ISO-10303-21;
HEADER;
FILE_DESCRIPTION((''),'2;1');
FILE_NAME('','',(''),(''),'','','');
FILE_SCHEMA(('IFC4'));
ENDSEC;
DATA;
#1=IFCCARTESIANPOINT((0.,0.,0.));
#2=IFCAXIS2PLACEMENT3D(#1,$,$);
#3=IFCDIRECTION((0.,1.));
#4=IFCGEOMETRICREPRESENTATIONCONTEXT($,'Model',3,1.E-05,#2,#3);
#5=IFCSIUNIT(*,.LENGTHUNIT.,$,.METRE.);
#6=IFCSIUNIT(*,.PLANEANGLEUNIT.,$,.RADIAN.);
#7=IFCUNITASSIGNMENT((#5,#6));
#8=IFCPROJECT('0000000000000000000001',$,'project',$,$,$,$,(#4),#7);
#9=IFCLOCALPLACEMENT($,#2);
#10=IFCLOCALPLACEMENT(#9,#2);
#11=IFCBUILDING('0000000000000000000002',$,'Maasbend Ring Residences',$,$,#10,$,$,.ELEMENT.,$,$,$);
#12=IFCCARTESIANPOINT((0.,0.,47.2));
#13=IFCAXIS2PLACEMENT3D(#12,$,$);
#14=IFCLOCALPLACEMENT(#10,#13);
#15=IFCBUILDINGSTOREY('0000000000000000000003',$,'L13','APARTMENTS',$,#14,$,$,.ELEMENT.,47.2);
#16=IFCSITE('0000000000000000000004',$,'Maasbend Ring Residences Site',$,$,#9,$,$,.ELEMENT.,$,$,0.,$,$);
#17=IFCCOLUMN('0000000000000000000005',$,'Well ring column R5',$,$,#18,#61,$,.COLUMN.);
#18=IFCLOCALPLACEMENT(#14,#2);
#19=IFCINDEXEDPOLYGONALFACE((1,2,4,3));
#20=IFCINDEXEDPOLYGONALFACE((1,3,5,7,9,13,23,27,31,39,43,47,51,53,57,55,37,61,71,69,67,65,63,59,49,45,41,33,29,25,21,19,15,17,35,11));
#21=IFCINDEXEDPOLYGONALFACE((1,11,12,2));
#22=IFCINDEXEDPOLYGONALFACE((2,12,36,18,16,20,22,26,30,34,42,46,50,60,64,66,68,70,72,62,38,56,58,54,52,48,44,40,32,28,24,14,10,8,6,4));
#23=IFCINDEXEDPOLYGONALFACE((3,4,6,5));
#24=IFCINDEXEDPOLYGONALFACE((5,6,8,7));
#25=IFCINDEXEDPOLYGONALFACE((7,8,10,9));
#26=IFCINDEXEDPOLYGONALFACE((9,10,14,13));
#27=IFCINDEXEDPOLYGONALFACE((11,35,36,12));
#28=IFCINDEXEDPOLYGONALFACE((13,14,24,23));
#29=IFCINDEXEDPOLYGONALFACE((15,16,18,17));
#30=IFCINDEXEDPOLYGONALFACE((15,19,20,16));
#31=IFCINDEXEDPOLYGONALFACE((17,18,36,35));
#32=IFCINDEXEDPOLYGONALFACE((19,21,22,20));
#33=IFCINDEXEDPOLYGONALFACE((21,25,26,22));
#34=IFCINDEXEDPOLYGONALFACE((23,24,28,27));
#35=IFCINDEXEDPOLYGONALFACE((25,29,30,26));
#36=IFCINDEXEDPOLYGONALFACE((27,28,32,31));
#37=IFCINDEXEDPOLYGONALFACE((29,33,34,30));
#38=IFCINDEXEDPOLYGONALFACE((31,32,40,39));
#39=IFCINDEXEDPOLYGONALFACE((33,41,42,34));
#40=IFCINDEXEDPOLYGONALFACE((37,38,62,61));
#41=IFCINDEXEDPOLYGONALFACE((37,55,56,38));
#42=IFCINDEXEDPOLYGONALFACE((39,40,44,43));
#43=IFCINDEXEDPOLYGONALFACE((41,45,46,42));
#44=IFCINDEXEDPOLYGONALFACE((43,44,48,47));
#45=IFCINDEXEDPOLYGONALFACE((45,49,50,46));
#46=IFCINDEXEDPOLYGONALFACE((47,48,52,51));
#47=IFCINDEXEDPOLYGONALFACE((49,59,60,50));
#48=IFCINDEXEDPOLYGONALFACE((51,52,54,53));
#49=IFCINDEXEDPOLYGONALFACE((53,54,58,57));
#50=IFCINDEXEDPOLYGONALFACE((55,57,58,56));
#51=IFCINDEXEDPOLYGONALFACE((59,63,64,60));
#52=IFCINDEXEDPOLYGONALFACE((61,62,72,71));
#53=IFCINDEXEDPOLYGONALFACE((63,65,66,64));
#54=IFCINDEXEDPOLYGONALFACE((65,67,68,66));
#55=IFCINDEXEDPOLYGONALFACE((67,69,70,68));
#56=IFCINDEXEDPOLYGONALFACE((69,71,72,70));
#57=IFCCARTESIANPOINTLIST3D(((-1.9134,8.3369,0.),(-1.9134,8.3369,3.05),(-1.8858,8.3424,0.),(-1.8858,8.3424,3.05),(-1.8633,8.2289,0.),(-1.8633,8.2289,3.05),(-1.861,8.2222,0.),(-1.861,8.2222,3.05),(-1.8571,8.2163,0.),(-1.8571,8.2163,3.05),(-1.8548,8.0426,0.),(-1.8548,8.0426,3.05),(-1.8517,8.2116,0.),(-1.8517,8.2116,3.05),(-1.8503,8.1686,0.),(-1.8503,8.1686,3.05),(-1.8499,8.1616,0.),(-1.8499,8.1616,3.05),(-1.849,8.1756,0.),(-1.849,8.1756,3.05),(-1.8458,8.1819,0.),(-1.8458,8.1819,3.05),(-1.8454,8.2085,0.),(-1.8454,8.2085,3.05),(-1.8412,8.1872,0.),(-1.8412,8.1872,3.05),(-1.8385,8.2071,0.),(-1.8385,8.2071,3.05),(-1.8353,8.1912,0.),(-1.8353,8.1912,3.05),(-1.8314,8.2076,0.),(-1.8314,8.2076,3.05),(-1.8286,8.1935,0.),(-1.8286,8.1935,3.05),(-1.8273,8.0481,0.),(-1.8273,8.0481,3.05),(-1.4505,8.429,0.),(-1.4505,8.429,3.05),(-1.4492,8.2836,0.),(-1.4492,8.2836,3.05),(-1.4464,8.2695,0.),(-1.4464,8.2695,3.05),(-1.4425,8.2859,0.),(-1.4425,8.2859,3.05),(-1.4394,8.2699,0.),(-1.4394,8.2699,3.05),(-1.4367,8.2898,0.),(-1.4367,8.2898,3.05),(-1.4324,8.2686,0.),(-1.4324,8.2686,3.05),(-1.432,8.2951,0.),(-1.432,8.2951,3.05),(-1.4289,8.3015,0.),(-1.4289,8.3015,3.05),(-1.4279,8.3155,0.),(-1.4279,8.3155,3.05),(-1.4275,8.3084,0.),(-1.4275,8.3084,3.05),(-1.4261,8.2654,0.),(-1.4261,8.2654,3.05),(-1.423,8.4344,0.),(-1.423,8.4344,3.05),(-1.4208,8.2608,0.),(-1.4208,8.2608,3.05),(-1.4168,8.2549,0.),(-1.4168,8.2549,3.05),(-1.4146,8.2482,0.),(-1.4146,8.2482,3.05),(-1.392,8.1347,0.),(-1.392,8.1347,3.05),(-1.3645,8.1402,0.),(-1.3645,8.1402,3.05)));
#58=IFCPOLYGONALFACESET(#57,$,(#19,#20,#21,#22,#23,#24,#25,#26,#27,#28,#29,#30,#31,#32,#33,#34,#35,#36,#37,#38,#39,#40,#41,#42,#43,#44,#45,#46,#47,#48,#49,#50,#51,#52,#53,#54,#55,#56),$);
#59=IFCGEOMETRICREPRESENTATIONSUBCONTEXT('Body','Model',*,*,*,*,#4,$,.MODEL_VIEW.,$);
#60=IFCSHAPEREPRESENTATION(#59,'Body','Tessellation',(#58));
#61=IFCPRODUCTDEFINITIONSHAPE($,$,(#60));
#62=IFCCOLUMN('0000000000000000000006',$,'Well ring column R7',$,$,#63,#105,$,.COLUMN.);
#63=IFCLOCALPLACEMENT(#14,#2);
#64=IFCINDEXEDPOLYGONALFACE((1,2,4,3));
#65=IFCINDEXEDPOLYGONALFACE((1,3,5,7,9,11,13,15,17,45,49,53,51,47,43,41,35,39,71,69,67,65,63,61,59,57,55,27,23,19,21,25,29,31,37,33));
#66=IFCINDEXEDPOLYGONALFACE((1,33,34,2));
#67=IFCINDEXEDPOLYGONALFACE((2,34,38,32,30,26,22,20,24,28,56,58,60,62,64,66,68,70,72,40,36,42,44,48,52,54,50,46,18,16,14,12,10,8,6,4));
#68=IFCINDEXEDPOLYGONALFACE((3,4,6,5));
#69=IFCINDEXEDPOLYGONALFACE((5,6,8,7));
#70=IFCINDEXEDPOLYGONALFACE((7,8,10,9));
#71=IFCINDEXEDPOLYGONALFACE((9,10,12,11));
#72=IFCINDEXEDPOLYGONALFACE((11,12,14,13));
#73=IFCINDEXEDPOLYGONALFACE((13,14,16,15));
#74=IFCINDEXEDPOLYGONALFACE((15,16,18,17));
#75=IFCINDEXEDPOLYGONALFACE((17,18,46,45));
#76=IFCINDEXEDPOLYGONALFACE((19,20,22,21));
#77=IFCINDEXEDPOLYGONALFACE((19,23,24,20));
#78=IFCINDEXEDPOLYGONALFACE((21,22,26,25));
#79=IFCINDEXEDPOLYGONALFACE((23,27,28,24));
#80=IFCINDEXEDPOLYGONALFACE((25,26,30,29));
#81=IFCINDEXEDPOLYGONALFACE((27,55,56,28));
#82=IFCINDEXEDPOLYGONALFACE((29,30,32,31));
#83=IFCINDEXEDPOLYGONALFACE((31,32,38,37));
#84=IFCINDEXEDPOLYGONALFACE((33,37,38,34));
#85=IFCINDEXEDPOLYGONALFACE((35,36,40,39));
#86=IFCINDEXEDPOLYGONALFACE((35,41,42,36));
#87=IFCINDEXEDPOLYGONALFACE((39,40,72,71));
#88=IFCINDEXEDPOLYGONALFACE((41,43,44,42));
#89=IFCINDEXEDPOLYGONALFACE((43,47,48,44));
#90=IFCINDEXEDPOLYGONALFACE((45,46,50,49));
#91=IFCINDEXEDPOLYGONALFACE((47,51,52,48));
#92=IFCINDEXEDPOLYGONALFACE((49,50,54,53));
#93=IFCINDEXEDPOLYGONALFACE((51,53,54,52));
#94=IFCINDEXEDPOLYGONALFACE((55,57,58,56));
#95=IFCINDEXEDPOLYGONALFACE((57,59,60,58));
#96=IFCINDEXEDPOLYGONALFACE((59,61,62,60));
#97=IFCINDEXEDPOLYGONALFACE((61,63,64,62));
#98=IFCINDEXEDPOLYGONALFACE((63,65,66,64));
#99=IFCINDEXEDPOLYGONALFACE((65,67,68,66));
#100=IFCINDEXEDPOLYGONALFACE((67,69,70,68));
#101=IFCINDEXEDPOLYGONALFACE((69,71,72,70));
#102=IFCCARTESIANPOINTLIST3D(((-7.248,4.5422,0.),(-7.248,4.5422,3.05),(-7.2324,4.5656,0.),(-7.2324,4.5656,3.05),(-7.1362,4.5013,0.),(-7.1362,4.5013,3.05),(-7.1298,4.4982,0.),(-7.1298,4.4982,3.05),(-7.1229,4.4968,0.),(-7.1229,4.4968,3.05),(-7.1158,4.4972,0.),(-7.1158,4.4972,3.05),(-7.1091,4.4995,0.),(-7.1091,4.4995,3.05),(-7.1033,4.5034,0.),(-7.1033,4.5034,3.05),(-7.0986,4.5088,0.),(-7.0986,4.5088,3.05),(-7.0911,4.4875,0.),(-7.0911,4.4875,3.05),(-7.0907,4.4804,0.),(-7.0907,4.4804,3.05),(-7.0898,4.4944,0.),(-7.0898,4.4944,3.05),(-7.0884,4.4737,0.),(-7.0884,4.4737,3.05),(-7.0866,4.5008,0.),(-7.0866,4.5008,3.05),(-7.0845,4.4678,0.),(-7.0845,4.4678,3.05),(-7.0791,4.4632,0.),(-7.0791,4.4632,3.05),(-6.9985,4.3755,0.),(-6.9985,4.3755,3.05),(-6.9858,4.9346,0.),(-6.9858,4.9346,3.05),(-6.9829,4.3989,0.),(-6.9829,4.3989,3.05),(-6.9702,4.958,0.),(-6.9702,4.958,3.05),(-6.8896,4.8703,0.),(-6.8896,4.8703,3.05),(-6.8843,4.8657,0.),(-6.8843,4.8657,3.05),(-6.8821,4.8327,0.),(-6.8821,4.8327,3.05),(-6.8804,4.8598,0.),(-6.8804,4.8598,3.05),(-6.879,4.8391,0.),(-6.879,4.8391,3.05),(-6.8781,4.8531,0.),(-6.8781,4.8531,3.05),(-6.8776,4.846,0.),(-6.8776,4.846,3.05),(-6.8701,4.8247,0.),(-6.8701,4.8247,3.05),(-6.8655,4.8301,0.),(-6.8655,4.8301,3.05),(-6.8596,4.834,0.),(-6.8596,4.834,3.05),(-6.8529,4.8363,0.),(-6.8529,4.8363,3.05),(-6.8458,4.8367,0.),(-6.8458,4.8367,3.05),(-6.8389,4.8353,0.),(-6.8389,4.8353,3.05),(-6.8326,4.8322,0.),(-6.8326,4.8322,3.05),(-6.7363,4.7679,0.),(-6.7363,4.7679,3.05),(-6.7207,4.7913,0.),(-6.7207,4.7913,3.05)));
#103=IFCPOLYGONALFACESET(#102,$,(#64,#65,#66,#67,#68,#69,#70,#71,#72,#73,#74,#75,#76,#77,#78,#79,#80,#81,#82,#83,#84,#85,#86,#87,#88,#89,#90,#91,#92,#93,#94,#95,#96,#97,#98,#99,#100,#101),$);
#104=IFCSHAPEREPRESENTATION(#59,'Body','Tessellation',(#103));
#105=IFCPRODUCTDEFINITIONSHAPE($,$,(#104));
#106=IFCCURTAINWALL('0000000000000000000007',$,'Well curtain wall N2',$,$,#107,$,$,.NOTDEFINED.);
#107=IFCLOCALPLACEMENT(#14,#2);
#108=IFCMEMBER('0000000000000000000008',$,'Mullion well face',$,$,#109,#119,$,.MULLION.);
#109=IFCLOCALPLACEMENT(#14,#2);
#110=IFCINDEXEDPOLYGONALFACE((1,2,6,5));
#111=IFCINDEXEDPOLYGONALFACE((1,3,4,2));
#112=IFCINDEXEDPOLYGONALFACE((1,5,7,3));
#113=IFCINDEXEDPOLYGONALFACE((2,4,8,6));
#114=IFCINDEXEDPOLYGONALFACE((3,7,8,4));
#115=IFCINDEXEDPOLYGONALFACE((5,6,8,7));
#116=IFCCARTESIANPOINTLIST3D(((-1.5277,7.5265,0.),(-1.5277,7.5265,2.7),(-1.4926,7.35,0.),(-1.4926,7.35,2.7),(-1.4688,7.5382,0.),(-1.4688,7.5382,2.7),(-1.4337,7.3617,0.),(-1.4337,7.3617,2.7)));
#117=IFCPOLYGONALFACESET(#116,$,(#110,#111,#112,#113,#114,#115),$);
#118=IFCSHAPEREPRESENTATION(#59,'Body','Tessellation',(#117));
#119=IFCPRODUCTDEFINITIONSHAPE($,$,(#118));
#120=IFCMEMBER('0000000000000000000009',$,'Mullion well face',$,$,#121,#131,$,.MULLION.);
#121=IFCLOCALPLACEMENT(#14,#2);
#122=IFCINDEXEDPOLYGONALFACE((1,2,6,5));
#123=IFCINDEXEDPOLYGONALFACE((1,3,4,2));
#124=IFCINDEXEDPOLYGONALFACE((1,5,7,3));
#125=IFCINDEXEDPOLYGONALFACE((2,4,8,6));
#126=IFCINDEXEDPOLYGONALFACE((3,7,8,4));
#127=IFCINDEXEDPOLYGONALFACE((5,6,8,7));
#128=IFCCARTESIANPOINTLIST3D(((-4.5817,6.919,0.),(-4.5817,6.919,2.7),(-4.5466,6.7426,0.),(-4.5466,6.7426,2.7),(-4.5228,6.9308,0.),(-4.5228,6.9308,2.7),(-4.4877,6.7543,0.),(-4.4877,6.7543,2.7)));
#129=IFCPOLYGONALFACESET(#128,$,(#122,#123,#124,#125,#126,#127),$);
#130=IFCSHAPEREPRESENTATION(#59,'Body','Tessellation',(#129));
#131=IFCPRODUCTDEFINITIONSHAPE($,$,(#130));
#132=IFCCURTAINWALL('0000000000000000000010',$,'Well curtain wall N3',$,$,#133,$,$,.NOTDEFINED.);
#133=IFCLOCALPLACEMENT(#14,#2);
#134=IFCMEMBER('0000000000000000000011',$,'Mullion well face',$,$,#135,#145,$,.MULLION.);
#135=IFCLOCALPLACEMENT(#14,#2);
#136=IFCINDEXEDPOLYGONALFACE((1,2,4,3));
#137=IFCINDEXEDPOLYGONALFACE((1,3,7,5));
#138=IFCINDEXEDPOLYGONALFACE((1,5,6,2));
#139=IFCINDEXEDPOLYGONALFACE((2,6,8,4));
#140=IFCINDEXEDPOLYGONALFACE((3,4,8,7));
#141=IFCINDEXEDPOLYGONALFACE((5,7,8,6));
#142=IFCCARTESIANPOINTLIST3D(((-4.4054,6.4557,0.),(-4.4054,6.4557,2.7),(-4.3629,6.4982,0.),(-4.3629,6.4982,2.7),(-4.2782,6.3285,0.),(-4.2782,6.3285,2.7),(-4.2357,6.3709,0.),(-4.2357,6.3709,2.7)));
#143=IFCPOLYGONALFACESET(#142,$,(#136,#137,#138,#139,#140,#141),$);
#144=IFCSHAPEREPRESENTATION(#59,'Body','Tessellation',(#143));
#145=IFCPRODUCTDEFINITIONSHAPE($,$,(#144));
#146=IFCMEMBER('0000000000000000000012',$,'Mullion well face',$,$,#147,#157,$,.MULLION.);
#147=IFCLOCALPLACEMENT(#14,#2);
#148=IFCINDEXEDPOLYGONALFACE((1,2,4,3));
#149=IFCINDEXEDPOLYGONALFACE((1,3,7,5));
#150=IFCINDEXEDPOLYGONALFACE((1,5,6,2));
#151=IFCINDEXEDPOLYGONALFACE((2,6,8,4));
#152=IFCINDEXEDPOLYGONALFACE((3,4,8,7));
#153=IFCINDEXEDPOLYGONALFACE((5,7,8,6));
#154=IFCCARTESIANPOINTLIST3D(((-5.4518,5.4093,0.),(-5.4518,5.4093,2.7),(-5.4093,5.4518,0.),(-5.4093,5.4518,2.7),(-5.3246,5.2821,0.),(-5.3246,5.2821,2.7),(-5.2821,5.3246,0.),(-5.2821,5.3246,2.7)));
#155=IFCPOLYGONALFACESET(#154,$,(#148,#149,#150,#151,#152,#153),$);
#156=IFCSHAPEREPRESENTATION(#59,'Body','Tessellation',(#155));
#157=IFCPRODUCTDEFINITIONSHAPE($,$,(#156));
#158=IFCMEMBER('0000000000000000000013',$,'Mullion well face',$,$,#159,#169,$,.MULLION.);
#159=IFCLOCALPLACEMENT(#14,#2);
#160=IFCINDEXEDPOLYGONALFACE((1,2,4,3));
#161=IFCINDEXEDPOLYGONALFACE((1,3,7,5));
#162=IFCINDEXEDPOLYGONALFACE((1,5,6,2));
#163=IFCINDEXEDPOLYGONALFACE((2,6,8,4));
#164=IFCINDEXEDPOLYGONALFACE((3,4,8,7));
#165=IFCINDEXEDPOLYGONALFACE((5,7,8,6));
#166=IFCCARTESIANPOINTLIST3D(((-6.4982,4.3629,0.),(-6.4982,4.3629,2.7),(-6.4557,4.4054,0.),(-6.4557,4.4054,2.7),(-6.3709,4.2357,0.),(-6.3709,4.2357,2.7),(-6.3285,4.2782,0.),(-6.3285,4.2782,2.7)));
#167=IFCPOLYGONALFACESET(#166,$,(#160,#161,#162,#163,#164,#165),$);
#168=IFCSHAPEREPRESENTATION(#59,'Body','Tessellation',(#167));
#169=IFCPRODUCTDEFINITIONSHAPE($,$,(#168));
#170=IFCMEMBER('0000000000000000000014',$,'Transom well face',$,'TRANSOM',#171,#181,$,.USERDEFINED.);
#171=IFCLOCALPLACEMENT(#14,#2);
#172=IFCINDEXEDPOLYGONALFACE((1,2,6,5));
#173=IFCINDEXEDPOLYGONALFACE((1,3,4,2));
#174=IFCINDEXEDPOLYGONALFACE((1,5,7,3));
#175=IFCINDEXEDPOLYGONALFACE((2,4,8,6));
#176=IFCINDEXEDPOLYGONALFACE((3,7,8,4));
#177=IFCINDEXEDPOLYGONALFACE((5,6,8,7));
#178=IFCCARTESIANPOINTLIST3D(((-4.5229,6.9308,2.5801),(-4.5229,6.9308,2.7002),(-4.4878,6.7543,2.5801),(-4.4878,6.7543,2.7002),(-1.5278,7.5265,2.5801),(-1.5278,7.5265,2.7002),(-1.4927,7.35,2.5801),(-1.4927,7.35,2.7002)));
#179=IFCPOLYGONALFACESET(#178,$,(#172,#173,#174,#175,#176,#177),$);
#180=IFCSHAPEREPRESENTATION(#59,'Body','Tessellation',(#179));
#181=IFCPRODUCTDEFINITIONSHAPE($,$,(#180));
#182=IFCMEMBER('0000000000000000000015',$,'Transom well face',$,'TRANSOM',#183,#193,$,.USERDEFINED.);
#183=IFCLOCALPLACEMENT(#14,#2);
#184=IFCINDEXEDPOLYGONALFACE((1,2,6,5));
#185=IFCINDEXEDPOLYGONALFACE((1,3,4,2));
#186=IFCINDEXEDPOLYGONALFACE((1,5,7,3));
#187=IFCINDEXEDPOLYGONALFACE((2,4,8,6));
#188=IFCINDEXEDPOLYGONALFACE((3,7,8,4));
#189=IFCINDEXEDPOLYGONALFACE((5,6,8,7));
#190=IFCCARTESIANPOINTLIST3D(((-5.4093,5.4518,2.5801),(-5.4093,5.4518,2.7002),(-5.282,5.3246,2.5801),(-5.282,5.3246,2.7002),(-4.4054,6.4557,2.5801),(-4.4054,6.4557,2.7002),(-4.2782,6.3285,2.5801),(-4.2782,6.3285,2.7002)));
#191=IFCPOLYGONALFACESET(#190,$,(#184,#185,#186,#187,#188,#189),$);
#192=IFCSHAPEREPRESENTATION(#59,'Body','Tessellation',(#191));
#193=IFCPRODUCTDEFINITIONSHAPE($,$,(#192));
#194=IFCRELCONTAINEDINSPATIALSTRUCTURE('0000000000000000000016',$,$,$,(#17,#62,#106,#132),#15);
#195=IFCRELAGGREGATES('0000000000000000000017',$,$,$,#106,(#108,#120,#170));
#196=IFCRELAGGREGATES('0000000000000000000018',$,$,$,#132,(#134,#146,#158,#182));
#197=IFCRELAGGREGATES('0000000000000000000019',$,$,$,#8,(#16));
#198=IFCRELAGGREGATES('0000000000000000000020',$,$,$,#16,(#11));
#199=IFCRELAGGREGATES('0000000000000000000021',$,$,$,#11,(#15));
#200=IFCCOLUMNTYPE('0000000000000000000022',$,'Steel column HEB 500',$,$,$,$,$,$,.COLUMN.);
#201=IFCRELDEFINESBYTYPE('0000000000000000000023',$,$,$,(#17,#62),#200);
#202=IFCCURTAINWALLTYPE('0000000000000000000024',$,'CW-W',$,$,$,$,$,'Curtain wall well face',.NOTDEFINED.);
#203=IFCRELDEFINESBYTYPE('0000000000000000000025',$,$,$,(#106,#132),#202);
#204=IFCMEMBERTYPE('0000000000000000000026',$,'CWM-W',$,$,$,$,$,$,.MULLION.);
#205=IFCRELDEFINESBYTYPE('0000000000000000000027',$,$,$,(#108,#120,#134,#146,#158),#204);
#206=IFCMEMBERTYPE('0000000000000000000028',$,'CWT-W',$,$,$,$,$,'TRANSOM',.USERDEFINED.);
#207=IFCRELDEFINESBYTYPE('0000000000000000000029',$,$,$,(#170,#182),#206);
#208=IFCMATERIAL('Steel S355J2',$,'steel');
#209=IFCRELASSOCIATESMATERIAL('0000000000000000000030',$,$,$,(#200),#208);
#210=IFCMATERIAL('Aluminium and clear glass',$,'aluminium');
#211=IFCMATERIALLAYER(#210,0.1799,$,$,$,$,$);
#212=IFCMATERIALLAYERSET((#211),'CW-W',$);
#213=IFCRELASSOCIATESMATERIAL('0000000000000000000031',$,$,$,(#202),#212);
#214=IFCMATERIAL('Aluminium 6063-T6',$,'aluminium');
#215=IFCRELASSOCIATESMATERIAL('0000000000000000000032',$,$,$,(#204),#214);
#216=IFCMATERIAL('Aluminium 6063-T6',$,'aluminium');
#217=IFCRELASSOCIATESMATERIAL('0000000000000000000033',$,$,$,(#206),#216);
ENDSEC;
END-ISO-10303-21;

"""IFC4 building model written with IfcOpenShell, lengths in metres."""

from ifc_helpers import new_model, si_unit, direction, frame, origin, origin_2d, place, context, subcontext, project, spatial, rectangle, i_section, extrude, material, layer, layer_set, material_profile, profile_set, type_object, element, aggregate, save


model = new_model("IFC4")

# Units and contexts
model_context = context("Model", 3, precision=1e-05, world=origin(), true_north=direction((0.0, 1.0)))
body_context = subcontext(model_context, "Body", "Model", "MODEL_VIEW")
ifc_project = project(units=[si_unit("LENGTHUNIT", "METRE"), si_unit("PLANEANGLEUNIT", "RADIAN")], contexts=[model_context])

# Site, building, storey
site_placement = place(None, origin())
site = spatial("IfcSite", under=ifc_project, at=site_placement, Name="Maasbend Ring Residences Site", CompositionType="ELEMENT", RefElevation=0.0)
building_placement = place(site_placement, origin())
building = spatial("IfcBuilding", under=site, at=building_placement, Name="Maasbend Ring Residences", CompositionType="ELEMENT")
storey_placement = place(building_placement, frame((0.0, 0.0, 47.2)))
storey = spatial("IfcBuildingStorey", under=building, at=storey_placement, Name="L13", Description="APARTMENTS", CompositionType="ELEMENT", Elevation=47.2)

# Columns
ifc_material_1 = material(Name="Steel S355J2", Category="steel")
ifc_material_profile_1 = material_profile(ifc_material_1, i_section(OverallWidth=0.3, OverallDepth=0.5, WebThickness=0.0144, FlangeThickness=0.0281, FilletRadius=0.0271, at=origin_2d()), Name="HEB 500")
ifc_profile_set_1 = profile_set([ifc_material_profile_1], Name="Steel S355J2")
column_type = type_object("IfcColumnType", Name="Steel column HEB 500", PredefinedType="COLUMN", material=ifc_profile_set_1)
for number, where, z_axis, x_axis, name in (
    (1, (-1.6389, 8.2385, 0.0), (0.0, 0.0, 1.0), (-0.19509, 0.980785, 0.0), "Well ring column R5"),
    (2, (-6.9844, 4.6667, 0.0), (0.0, 0.0, 1.0), (-0.83147, 0.55557, 0.0), "Well ring column R7"),
):
    element("IfcColumn", number, at=place(storey_placement, frame(where, z_axis=z_axis, x_axis=x_axis)), inside=storey, type_object=column_type, Name=name, PredefinedType="COLUMN", context=body_context, shape_type="SweptSolid", body=[
        extrude(i_section(OverallWidth=0.3, OverallDepth=0.5, WebThickness=0.0144, FlangeThickness=0.0281, FilletRadius=0.0271, at=origin_2d()), origin(), (0.0, 0.0, 1.0), 3.05),
    ])

# Curtain walls, members
ifc_material_2 = material(Name="Aluminium and clear glass", Category="aluminium")
ifc_layer_1 = layer(ifc_material_2, 0.1799)
ifc_layer_set_1 = layer_set([ifc_layer_1], Name="CW-W")
curtain_wall_type = type_object("IfcCurtainWallType", Name="CW-W", ElementType="Curtain wall well face", PredefinedType="NOTDEFINED", material=ifc_layer_set_1)
curtain_wall_1_placement = place(storey_placement, origin())
curtain_wall_1 = element("IfcCurtainWall", 3, at=curtain_wall_1_placement, inside=storey, type_object=curtain_wall_type, Name="Well curtain wall N2", PredefinedType="NOTDEFINED")
ifc_material_3 = material(Name="Aluminium 6063-T6", Category="aluminium")
ifc_material_profile_2 = material_profile(ifc_material_3, rectangle(XDim=0.1799, YDim=0.0601, at=origin_2d()), Name="AL 180x60")
ifc_profile_set_2 = profile_set([ifc_material_profile_2], Name="Aluminium 6063-T6")
member_type_1 = type_object("IfcMemberType", Name="CWM-W", PredefinedType="MULLION", material=ifc_profile_set_2)
member_1_placement = place(storey_placement, frame((-1.4807, 7.4441, 0.0), z_axis=(0.0, 0.0, 1.0), x_axis=(0.19509, -0.980785, 0.0)))
member_1 = element("IfcMember", 4, at=member_1_placement, type_object=member_type_1, Name="Mullion well face", PredefinedType="MULLION", context=body_context, shape_type="SweptSolid", body=[
    extrude(rectangle(XDim=0.1799, YDim=0.0601, at=origin_2d()), origin(), (0.0, 0.0, 1.0), 2.7),
])
member_2_placement = place(storey_placement, frame((-4.5347, 6.8367, 0.0), z_axis=(0.0, 0.0, 1.0), x_axis=(0.19509, -0.980785, 0.0)))
member_2 = element("IfcMember", 5, at=member_2_placement, type_object=member_type_1, Name="Mullion well face", PredefinedType="MULLION", context=body_context, shape_type="SweptSolid", body=[
    extrude(rectangle(XDim=0.1799, YDim=0.0601, at=origin_2d()), origin(), (0.0, 0.0, 1.0), 2.7),
])
curtain_wall_2_placement = place(storey_placement, origin())
curtain_wall_2 = element("IfcCurtainWall", 6, at=curtain_wall_2_placement, inside=storey, type_object=curtain_wall_type, Name="Well curtain wall N3", PredefinedType="NOTDEFINED")
member_3_placement = place(storey_placement, frame((-4.3206, 6.4133, 0.0), z_axis=(0.0, 0.0, 1.0), x_axis=(0.707107, -0.707107, 0.0)))
member_3 = element("IfcMember", 7, at=member_3_placement, type_object=member_type_1, Name="Mullion well face", PredefinedType="MULLION", context=body_context, shape_type="SweptSolid", body=[
    extrude(rectangle(XDim=0.1799, YDim=0.0601, at=origin_2d()), origin(), (0.0, 0.0, 1.0), 2.7),
])
member_4_placement = place(storey_placement, frame((-5.3669, 5.3669, 0.0), z_axis=(0.0, 0.0, 1.0), x_axis=(0.707107, -0.707107, 0.0)))
member_4 = element("IfcMember", 8, at=member_4_placement, type_object=member_type_1, Name="Mullion well face", PredefinedType="MULLION", context=body_context, shape_type="SweptSolid", body=[
    extrude(rectangle(XDim=0.1799, YDim=0.0601, at=origin_2d()), origin(), (0.0, 0.0, 1.0), 2.7),
])
member_5_placement = place(storey_placement, frame((-6.4133, 4.3206, 0.0), z_axis=(0.0, 0.0, 1.0), x_axis=(0.707107, -0.707107, 0.0)))
member_5 = element("IfcMember", 9, at=member_5_placement, type_object=member_type_1, Name="Mullion well face", PredefinedType="MULLION", context=body_context, shape_type="SweptSolid", body=[
    extrude(rectangle(XDim=0.1799, YDim=0.0601, at=origin_2d()), origin(), (0.0, 0.0, 1.0), 2.7),
])

# Members
ifc_material_4 = material(Name="Aluminium 6063-T6", Category="aluminium")
ifc_material_profile_3 = material_profile(ifc_material_4, rectangle(XDim=0.1799, YDim=0.1201, at=origin_2d()), Name="AL 180x120")
ifc_profile_set_3 = profile_set([ifc_material_profile_3], Name="Aluminium 6063-T6")
member_type_2 = type_object("IfcMemberType", Name="CWT-W", ElementType="TRANSOM", PredefinedType="USERDEFINED", material=ifc_profile_set_3)
member_6_placement = place(storey_placement, frame((-1.5103, 7.4382, 2.6401), z_axis=(-0.980789, -0.195071, 0.0), x_axis=(0.195071, -0.980789, 0.0)))
member_6 = element("IfcMember", 10, at=member_6_placement, type_object=member_type_2, Name="Transom well face", ObjectType="TRANSOM", PredefinedType="USERDEFINED", context=body_context, shape_type="SweptSolid", body=[
    extrude(rectangle(XDim=0.1799, YDim=0.1201, at=origin_2d()), origin(), (0.0, 0.0, 1.0), 3.0537),
])
member_7_placement = place(storey_placement, frame((-4.3418, 6.3921, 2.6401), z_axis=(-0.707107, -0.707107, 0.0), x_axis=(0.707107, -0.707107, 0.0)))
member_7 = element("IfcMember", 11, at=member_7_placement, type_object=member_type_2, Name="Transom well face", ObjectType="TRANSOM", PredefinedType="USERDEFINED", context=body_context, shape_type="SweptSolid", body=[
    extrude(rectangle(XDim=0.1799, YDim=0.1201, at=origin_2d()), origin(), (0.0, 0.0, 1.0), 1.4197),
])

aggregate(curtain_wall_1, [member_1, member_2, member_6])
aggregate(curtain_wall_2, [member_3, member_4, member_5, member_7])

save(model, "model.ifc")
